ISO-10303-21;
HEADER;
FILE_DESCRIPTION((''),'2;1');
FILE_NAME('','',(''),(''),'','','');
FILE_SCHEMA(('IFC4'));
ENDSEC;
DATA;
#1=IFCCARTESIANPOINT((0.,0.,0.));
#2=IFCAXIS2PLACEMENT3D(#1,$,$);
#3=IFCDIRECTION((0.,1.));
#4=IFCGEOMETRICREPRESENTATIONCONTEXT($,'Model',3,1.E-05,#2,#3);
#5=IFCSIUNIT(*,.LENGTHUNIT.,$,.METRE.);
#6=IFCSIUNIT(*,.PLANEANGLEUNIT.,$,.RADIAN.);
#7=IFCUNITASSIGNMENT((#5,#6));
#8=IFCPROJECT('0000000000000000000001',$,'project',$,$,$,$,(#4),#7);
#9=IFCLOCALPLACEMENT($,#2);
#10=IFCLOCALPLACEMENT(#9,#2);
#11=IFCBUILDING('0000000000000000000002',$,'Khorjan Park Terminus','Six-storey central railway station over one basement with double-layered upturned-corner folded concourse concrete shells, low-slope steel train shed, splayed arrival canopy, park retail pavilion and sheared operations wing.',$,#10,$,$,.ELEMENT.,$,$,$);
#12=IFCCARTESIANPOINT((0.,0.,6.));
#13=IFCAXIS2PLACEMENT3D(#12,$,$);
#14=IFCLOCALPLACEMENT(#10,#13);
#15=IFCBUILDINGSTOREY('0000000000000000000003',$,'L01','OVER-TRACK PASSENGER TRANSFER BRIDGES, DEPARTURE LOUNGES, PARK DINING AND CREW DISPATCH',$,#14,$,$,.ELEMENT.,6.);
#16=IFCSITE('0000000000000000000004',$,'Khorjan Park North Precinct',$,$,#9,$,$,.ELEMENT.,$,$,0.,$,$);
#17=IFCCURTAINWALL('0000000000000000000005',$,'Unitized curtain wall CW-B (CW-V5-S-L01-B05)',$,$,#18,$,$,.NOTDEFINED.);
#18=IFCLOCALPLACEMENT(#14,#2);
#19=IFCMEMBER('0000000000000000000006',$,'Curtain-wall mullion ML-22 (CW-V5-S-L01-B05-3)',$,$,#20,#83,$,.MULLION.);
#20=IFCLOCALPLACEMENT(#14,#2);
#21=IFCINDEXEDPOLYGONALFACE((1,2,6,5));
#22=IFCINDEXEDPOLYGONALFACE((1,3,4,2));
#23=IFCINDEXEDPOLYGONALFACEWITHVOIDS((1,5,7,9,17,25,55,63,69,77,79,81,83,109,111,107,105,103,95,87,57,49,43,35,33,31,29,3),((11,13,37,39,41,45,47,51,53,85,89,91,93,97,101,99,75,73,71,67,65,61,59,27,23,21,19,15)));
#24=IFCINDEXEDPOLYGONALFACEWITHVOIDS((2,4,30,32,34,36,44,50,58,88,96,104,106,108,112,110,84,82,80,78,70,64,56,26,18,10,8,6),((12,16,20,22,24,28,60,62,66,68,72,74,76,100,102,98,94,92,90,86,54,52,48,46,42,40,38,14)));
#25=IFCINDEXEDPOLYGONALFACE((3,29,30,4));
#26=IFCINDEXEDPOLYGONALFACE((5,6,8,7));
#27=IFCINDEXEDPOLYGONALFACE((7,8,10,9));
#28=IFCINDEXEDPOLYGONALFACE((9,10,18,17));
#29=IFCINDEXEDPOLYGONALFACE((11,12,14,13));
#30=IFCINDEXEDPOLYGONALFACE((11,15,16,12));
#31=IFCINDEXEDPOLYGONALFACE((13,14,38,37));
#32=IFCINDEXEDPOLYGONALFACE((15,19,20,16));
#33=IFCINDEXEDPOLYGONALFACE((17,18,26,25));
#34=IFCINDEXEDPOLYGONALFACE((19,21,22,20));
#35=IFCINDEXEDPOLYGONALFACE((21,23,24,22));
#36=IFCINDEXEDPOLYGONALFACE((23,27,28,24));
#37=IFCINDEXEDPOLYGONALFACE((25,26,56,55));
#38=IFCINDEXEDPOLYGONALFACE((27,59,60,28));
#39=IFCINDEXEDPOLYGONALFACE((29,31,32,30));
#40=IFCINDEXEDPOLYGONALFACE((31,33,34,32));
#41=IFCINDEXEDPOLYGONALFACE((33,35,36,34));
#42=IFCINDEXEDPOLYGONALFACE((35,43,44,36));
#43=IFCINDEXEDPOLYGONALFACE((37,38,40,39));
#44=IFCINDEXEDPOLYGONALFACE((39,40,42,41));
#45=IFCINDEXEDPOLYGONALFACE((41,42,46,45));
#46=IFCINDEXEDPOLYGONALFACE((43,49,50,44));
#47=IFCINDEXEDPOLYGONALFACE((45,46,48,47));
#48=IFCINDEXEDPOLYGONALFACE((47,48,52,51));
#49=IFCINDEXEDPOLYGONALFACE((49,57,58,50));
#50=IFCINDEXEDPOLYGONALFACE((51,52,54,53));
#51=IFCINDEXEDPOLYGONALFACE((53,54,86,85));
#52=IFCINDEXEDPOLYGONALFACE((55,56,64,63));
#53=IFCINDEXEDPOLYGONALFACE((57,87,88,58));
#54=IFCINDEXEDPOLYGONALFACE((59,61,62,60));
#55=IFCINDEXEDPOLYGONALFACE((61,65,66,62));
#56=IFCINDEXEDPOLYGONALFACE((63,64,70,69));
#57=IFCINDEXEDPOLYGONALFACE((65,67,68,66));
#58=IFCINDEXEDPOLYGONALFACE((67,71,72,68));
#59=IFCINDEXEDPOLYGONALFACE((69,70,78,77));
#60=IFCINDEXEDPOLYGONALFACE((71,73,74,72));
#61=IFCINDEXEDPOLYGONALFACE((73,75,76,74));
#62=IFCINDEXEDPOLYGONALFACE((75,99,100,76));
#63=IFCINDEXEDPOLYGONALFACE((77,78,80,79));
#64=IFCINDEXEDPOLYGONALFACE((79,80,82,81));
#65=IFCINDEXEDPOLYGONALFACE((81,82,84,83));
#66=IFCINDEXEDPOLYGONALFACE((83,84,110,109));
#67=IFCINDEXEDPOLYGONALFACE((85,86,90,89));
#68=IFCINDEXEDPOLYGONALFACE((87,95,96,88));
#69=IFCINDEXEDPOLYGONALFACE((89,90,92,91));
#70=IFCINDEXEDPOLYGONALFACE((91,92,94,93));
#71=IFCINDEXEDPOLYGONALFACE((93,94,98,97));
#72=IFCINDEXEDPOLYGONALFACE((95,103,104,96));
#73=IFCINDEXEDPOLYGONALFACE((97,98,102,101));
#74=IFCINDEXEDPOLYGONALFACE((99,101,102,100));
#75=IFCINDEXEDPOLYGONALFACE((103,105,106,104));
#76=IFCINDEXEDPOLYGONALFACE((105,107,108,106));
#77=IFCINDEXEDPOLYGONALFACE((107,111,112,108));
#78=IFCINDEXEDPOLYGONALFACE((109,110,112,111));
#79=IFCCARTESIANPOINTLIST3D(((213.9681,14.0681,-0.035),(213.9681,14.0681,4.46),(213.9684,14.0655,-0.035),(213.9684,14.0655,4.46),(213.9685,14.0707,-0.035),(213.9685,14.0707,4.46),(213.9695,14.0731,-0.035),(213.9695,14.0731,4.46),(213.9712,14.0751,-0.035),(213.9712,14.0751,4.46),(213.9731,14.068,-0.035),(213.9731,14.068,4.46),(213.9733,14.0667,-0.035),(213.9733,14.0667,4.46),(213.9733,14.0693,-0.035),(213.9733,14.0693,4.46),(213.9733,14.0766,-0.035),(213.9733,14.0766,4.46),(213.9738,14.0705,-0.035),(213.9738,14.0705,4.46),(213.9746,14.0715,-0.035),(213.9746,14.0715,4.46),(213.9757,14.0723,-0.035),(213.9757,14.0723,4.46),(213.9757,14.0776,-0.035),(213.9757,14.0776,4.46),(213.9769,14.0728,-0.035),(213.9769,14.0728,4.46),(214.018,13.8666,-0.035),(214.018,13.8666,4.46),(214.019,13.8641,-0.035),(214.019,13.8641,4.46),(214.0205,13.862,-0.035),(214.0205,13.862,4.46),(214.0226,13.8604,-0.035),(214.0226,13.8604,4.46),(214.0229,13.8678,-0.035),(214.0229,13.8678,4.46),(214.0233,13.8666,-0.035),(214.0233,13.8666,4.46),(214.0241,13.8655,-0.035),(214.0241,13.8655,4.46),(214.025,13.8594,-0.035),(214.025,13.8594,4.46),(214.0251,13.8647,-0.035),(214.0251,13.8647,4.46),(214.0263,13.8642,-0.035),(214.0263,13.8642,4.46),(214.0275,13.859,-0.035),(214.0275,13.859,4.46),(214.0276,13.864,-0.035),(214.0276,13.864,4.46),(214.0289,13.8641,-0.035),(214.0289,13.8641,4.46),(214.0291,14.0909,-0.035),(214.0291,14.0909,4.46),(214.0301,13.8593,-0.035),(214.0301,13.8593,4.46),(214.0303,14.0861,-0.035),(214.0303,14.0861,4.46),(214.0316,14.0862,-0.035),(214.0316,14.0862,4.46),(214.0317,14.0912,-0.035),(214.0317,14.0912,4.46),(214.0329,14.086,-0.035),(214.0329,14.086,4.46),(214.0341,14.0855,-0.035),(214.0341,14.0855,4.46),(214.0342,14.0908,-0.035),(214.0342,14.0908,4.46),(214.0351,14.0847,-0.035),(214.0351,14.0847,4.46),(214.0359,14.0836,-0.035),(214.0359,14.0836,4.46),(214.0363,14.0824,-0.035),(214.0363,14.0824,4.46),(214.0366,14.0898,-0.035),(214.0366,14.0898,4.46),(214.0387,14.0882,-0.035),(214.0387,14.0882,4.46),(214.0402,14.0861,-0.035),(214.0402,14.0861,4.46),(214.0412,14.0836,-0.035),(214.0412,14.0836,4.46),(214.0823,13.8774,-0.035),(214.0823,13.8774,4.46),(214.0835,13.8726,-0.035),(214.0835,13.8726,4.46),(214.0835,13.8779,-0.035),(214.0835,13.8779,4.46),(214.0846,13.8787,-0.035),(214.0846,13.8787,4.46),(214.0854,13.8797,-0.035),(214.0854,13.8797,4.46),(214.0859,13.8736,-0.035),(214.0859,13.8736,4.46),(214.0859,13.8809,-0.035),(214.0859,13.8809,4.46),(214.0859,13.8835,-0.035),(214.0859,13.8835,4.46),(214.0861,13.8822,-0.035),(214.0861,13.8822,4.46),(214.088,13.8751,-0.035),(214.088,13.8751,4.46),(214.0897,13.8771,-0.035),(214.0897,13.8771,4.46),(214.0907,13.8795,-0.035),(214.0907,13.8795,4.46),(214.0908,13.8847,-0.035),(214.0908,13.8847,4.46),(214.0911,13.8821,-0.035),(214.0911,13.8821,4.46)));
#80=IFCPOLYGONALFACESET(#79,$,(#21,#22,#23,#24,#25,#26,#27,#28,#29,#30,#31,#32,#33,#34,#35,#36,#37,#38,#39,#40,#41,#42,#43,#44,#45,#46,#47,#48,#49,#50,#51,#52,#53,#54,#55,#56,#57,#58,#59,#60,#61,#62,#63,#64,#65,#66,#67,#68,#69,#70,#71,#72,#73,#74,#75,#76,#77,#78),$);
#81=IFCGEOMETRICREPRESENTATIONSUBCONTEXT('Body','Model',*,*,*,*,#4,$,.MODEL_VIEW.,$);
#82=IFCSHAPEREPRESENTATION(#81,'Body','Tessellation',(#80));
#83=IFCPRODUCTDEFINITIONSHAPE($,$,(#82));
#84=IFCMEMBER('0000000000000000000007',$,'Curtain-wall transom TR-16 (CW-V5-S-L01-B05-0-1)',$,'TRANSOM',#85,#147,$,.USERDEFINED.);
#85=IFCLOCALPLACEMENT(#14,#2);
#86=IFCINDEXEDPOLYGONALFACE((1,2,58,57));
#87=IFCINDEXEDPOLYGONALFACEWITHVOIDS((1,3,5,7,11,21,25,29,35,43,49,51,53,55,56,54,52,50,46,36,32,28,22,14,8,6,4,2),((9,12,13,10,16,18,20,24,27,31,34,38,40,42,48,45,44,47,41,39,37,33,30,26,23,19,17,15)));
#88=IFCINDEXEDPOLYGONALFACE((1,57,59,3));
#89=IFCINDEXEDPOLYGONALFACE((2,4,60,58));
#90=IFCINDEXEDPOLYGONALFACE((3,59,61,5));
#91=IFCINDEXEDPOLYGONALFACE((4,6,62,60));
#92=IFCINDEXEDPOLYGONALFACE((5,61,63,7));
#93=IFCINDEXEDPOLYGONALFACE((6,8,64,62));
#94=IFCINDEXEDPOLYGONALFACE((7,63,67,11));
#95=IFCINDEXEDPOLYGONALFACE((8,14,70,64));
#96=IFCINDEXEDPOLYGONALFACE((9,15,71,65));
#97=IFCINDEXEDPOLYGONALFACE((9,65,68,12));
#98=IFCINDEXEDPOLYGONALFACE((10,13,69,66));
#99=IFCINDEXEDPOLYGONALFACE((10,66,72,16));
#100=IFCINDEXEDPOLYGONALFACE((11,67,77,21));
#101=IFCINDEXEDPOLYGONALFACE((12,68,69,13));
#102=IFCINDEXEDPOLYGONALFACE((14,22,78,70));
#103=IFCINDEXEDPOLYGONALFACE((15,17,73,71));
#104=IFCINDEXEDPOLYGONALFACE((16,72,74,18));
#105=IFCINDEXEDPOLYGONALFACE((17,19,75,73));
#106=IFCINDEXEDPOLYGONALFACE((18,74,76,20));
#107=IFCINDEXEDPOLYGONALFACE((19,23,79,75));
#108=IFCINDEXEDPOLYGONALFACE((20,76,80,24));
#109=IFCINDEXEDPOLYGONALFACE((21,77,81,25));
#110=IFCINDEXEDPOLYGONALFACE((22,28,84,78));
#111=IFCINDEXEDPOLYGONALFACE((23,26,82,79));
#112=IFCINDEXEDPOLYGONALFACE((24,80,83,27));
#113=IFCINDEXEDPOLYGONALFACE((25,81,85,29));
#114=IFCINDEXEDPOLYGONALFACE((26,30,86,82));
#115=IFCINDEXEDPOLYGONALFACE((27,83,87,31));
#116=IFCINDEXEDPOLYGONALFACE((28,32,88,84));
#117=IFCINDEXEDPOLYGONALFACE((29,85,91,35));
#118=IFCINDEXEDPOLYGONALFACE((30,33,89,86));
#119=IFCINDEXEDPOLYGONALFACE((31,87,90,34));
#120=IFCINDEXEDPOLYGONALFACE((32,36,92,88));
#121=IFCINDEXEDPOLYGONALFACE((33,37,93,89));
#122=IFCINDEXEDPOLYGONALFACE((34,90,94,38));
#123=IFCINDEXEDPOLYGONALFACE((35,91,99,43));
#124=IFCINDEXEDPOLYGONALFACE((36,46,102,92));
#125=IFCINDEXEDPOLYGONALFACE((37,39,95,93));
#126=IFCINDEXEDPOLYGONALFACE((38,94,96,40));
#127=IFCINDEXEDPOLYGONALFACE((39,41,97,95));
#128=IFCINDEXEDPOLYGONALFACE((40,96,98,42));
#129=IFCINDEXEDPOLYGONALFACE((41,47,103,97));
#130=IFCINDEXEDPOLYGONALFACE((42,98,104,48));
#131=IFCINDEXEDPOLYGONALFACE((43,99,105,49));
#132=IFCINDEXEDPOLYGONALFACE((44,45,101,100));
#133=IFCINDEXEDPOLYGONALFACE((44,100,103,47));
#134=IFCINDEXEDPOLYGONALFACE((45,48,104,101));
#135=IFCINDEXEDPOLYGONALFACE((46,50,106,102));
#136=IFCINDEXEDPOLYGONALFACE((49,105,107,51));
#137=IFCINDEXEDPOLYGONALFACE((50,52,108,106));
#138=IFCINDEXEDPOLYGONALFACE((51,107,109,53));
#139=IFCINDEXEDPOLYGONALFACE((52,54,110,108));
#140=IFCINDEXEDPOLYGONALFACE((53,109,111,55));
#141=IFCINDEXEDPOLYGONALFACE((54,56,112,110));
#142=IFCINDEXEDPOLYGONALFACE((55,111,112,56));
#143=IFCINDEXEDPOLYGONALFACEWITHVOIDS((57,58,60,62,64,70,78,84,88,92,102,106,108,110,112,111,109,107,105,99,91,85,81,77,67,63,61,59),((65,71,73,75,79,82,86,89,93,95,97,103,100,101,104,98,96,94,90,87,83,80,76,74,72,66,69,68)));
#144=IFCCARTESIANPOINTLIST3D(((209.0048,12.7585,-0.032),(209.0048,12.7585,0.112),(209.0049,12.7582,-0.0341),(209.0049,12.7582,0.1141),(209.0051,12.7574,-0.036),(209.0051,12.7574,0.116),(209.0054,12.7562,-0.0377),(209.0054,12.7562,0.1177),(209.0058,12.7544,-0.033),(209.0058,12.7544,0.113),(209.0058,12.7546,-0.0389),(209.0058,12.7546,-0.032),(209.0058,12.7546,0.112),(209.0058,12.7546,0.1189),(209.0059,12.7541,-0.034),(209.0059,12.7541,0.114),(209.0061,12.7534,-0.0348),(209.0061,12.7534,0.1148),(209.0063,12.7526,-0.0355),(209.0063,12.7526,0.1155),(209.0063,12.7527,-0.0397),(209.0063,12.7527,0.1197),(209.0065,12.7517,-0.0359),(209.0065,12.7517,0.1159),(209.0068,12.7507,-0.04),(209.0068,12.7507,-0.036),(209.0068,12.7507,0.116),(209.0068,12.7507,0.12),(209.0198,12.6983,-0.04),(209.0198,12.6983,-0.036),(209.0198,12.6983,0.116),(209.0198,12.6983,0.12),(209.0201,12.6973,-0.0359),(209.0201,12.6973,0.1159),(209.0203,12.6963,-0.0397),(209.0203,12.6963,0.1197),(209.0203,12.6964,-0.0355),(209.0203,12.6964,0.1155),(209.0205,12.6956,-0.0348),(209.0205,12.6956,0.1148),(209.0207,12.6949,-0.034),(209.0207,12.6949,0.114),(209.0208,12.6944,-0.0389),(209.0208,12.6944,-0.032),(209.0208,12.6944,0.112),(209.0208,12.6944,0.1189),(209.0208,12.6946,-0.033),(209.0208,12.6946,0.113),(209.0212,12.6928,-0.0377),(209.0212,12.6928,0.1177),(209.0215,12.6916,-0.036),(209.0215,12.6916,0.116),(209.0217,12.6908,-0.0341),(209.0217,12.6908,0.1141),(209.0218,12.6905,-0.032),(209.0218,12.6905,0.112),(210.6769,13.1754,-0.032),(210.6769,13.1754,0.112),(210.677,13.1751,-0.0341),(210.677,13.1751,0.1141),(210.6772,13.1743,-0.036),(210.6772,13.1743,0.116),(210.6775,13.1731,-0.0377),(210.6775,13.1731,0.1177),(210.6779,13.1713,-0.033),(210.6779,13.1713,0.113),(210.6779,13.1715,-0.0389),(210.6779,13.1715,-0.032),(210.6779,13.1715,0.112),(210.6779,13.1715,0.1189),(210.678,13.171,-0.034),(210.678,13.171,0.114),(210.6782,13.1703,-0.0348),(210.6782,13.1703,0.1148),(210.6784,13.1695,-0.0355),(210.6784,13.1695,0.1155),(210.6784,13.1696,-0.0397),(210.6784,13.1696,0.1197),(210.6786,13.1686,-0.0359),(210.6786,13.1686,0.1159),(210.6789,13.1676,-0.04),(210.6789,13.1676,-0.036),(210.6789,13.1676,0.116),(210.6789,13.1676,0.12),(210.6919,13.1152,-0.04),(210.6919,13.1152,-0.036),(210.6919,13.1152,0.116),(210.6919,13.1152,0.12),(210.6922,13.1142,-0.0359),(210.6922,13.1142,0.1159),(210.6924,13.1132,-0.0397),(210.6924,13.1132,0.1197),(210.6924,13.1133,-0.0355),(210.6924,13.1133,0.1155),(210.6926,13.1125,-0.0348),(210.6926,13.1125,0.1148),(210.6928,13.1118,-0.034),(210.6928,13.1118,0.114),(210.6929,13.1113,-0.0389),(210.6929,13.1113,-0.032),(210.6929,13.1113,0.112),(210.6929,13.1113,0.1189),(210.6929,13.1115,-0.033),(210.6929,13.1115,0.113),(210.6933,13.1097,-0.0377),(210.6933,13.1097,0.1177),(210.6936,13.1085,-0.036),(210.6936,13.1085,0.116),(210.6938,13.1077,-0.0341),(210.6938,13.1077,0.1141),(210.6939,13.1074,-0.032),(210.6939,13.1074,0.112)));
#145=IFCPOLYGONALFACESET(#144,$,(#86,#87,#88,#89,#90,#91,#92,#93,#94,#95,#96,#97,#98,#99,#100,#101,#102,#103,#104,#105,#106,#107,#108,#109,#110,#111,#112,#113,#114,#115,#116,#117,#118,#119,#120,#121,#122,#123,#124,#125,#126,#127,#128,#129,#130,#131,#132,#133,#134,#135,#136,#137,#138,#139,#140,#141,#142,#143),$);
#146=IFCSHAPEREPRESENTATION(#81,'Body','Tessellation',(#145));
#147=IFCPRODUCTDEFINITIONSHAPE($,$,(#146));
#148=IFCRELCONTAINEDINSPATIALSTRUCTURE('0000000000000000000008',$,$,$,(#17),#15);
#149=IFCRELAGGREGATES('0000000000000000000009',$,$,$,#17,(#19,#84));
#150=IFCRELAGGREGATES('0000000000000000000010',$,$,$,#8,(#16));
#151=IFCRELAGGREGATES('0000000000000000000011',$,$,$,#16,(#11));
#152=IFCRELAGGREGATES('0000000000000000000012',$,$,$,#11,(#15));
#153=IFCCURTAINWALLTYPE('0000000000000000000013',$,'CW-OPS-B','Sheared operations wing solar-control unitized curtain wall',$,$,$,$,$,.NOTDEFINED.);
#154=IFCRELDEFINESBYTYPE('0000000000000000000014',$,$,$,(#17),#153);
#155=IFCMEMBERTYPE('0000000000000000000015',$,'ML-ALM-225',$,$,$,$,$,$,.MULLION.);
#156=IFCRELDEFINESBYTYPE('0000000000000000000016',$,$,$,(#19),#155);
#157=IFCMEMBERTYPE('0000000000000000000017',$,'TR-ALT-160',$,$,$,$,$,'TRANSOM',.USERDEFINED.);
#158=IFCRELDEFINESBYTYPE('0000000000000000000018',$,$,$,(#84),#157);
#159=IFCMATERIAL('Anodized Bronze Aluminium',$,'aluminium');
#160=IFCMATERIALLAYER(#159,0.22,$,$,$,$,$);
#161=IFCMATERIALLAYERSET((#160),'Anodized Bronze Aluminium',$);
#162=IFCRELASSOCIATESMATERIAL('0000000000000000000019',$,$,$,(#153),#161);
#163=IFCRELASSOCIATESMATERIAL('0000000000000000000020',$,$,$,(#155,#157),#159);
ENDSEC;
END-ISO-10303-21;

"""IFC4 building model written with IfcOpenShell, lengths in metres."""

from ifc_helpers import new_model, si_unit, direction, frame, origin, origin_2d, place, context, subcontext, project, spatial, hollow_rectangle, extrude, material, layer, layer_set, material_profile, profile_set, type_object, element, aggregate, save


model = new_model("IFC4")

# Units and contexts
model_context = context("Model", 3, precision=1e-05, world=origin(), true_north=direction((0.0, 1.0)))
body_context = subcontext(model_context, "Body", "Model", "MODEL_VIEW")
ifc_project = project(units=[si_unit("LENGTHUNIT", "METRE"), si_unit("PLANEANGLEUNIT", "RADIAN")], contexts=[model_context])

# Site, building, storey
site_placement = place(None, origin())
site = spatial("IfcSite", under=ifc_project, at=site_placement, Name="Khorjan Park North Precinct", CompositionType="ELEMENT", RefElevation=0.0)
building_placement = place(site_placement, origin())
building = spatial("IfcBuilding", under=site, at=building_placement, Name="Khorjan Park Terminus", Description="Six-storey central railway station over one basement with double-layered upturned-corner folded concourse concrete shells, low-slope steel train shed, splayed arrival canopy, park retail pavilion and sheared operations wing.", CompositionType="ELEMENT")
storey_placement = place(building_placement, frame((0.0, 0.0, 6.0)))
storey = spatial("IfcBuildingStorey", under=building, at=storey_placement, Name="L01", Description="OVER-TRACK PASSENGER TRANSFER BRIDGES, DEPARTURE LOUNGES, PARK DINING AND CREW DISPATCH", CompositionType="ELEMENT", Elevation=6.0)

# Curtain wall, members
ifc_material_1 = material(Name="Anodized Bronze Aluminium", Category="aluminium")
ifc_layer_1 = layer(ifc_material_1, 0.22)
ifc_layer_set_1 = layer_set([ifc_layer_1], Name="Anodized Bronze Aluminium")
curtain_wall_type = type_object("IfcCurtainWallType", Name="CW-OPS-B", Description="Sheared operations wing solar-control unitized curtain wall", PredefinedType="NOTDEFINED", material=ifc_layer_set_1)
curtain_wall_placement = place(storey_placement, origin())
curtain_wall = element("IfcCurtainWall", 1, at=curtain_wall_placement, inside=storey, type_object=curtain_wall_type, Name="Unitized curtain wall CW-B (CW-V5-S-L01-B05)", PredefinedType="NOTDEFINED")
ifc_material_profile_1 = material_profile(ifc_material_1, hollow_rectangle(XDim=0.075, YDim=0.225, WallThickness=0.005, InnerFilletRadius=0.005, OuterFilletRadius=0.01, at=origin_2d()), Name="ALM 75x225x5")
ifc_profile_set_1 = profile_set([ifc_material_profile_1], Name="Anodized Bronze Aluminium")
member_type_1 = type_object("IfcMemberType", Name="ML-ALM-225", PredefinedType="MULLION", material=ifc_profile_set_1)
member_1_placement = place(storey_placement, frame((214.0296, 13.9751, -0.035), z_axis=(0.0, 0.0, 1.0), x_axis=(0.970298, 0.241912, 0.0)))
member_1 = element("IfcMember", 2, at=member_1_placement, type_object=member_type_1, Name="Curtain-wall mullion ML-22 (CW-V5-S-L01-B05-3)", PredefinedType="MULLION", context=body_context, shape_type="SweptSolid", body=[
    extrude(hollow_rectangle(XDim=0.075, YDim=0.225, WallThickness=0.005, InnerFilletRadius=0.005, OuterFilletRadius=0.01, at=origin_2d()), origin(), (0.0, 0.0, 1.0), 4.495),
])
ifc_material_profile_2 = material_profile(ifc_material_1, hollow_rectangle(XDim=0.07, YDim=0.16, WallThickness=0.004, InnerFilletRadius=0.004, OuterFilletRadius=0.008, at=origin_2d()), Name="ALT 70x160x4")
ifc_profile_set_2 = profile_set([ifc_material_profile_2], Name="Anodized Bronze Aluminium")
member_type_2 = type_object("IfcMemberType", Name="TR-ALT-160", ElementType="TRANSOM", PredefinedType="USERDEFINED", material=ifc_profile_set_2)
member_2_placement = place(storey_placement, frame((209.0133, 12.7245, 0.04), z_axis=(0.970296, 0.241921, 0.0), x_axis=(-0.241921, 0.970296, 0.0)))
member_2 = element("IfcMember", 3, at=member_2_placement, type_object=member_type_2, Name="Curtain-wall transom TR-16 (CW-V5-S-L01-B05-0-1)", ObjectType="TRANSOM", PredefinedType="USERDEFINED", context=body_context, shape_type="SweptSolid", body=[
    extrude(hollow_rectangle(XDim=0.07, YDim=0.16, WallThickness=0.004, InnerFilletRadius=0.004, OuterFilletRadius=0.008, at=origin_2d()), origin(), (0.0, 0.0, 1.0), 1.7233),
])
aggregate(curtain_wall, [member_1, member_2])

save(model, "model.ifc")
